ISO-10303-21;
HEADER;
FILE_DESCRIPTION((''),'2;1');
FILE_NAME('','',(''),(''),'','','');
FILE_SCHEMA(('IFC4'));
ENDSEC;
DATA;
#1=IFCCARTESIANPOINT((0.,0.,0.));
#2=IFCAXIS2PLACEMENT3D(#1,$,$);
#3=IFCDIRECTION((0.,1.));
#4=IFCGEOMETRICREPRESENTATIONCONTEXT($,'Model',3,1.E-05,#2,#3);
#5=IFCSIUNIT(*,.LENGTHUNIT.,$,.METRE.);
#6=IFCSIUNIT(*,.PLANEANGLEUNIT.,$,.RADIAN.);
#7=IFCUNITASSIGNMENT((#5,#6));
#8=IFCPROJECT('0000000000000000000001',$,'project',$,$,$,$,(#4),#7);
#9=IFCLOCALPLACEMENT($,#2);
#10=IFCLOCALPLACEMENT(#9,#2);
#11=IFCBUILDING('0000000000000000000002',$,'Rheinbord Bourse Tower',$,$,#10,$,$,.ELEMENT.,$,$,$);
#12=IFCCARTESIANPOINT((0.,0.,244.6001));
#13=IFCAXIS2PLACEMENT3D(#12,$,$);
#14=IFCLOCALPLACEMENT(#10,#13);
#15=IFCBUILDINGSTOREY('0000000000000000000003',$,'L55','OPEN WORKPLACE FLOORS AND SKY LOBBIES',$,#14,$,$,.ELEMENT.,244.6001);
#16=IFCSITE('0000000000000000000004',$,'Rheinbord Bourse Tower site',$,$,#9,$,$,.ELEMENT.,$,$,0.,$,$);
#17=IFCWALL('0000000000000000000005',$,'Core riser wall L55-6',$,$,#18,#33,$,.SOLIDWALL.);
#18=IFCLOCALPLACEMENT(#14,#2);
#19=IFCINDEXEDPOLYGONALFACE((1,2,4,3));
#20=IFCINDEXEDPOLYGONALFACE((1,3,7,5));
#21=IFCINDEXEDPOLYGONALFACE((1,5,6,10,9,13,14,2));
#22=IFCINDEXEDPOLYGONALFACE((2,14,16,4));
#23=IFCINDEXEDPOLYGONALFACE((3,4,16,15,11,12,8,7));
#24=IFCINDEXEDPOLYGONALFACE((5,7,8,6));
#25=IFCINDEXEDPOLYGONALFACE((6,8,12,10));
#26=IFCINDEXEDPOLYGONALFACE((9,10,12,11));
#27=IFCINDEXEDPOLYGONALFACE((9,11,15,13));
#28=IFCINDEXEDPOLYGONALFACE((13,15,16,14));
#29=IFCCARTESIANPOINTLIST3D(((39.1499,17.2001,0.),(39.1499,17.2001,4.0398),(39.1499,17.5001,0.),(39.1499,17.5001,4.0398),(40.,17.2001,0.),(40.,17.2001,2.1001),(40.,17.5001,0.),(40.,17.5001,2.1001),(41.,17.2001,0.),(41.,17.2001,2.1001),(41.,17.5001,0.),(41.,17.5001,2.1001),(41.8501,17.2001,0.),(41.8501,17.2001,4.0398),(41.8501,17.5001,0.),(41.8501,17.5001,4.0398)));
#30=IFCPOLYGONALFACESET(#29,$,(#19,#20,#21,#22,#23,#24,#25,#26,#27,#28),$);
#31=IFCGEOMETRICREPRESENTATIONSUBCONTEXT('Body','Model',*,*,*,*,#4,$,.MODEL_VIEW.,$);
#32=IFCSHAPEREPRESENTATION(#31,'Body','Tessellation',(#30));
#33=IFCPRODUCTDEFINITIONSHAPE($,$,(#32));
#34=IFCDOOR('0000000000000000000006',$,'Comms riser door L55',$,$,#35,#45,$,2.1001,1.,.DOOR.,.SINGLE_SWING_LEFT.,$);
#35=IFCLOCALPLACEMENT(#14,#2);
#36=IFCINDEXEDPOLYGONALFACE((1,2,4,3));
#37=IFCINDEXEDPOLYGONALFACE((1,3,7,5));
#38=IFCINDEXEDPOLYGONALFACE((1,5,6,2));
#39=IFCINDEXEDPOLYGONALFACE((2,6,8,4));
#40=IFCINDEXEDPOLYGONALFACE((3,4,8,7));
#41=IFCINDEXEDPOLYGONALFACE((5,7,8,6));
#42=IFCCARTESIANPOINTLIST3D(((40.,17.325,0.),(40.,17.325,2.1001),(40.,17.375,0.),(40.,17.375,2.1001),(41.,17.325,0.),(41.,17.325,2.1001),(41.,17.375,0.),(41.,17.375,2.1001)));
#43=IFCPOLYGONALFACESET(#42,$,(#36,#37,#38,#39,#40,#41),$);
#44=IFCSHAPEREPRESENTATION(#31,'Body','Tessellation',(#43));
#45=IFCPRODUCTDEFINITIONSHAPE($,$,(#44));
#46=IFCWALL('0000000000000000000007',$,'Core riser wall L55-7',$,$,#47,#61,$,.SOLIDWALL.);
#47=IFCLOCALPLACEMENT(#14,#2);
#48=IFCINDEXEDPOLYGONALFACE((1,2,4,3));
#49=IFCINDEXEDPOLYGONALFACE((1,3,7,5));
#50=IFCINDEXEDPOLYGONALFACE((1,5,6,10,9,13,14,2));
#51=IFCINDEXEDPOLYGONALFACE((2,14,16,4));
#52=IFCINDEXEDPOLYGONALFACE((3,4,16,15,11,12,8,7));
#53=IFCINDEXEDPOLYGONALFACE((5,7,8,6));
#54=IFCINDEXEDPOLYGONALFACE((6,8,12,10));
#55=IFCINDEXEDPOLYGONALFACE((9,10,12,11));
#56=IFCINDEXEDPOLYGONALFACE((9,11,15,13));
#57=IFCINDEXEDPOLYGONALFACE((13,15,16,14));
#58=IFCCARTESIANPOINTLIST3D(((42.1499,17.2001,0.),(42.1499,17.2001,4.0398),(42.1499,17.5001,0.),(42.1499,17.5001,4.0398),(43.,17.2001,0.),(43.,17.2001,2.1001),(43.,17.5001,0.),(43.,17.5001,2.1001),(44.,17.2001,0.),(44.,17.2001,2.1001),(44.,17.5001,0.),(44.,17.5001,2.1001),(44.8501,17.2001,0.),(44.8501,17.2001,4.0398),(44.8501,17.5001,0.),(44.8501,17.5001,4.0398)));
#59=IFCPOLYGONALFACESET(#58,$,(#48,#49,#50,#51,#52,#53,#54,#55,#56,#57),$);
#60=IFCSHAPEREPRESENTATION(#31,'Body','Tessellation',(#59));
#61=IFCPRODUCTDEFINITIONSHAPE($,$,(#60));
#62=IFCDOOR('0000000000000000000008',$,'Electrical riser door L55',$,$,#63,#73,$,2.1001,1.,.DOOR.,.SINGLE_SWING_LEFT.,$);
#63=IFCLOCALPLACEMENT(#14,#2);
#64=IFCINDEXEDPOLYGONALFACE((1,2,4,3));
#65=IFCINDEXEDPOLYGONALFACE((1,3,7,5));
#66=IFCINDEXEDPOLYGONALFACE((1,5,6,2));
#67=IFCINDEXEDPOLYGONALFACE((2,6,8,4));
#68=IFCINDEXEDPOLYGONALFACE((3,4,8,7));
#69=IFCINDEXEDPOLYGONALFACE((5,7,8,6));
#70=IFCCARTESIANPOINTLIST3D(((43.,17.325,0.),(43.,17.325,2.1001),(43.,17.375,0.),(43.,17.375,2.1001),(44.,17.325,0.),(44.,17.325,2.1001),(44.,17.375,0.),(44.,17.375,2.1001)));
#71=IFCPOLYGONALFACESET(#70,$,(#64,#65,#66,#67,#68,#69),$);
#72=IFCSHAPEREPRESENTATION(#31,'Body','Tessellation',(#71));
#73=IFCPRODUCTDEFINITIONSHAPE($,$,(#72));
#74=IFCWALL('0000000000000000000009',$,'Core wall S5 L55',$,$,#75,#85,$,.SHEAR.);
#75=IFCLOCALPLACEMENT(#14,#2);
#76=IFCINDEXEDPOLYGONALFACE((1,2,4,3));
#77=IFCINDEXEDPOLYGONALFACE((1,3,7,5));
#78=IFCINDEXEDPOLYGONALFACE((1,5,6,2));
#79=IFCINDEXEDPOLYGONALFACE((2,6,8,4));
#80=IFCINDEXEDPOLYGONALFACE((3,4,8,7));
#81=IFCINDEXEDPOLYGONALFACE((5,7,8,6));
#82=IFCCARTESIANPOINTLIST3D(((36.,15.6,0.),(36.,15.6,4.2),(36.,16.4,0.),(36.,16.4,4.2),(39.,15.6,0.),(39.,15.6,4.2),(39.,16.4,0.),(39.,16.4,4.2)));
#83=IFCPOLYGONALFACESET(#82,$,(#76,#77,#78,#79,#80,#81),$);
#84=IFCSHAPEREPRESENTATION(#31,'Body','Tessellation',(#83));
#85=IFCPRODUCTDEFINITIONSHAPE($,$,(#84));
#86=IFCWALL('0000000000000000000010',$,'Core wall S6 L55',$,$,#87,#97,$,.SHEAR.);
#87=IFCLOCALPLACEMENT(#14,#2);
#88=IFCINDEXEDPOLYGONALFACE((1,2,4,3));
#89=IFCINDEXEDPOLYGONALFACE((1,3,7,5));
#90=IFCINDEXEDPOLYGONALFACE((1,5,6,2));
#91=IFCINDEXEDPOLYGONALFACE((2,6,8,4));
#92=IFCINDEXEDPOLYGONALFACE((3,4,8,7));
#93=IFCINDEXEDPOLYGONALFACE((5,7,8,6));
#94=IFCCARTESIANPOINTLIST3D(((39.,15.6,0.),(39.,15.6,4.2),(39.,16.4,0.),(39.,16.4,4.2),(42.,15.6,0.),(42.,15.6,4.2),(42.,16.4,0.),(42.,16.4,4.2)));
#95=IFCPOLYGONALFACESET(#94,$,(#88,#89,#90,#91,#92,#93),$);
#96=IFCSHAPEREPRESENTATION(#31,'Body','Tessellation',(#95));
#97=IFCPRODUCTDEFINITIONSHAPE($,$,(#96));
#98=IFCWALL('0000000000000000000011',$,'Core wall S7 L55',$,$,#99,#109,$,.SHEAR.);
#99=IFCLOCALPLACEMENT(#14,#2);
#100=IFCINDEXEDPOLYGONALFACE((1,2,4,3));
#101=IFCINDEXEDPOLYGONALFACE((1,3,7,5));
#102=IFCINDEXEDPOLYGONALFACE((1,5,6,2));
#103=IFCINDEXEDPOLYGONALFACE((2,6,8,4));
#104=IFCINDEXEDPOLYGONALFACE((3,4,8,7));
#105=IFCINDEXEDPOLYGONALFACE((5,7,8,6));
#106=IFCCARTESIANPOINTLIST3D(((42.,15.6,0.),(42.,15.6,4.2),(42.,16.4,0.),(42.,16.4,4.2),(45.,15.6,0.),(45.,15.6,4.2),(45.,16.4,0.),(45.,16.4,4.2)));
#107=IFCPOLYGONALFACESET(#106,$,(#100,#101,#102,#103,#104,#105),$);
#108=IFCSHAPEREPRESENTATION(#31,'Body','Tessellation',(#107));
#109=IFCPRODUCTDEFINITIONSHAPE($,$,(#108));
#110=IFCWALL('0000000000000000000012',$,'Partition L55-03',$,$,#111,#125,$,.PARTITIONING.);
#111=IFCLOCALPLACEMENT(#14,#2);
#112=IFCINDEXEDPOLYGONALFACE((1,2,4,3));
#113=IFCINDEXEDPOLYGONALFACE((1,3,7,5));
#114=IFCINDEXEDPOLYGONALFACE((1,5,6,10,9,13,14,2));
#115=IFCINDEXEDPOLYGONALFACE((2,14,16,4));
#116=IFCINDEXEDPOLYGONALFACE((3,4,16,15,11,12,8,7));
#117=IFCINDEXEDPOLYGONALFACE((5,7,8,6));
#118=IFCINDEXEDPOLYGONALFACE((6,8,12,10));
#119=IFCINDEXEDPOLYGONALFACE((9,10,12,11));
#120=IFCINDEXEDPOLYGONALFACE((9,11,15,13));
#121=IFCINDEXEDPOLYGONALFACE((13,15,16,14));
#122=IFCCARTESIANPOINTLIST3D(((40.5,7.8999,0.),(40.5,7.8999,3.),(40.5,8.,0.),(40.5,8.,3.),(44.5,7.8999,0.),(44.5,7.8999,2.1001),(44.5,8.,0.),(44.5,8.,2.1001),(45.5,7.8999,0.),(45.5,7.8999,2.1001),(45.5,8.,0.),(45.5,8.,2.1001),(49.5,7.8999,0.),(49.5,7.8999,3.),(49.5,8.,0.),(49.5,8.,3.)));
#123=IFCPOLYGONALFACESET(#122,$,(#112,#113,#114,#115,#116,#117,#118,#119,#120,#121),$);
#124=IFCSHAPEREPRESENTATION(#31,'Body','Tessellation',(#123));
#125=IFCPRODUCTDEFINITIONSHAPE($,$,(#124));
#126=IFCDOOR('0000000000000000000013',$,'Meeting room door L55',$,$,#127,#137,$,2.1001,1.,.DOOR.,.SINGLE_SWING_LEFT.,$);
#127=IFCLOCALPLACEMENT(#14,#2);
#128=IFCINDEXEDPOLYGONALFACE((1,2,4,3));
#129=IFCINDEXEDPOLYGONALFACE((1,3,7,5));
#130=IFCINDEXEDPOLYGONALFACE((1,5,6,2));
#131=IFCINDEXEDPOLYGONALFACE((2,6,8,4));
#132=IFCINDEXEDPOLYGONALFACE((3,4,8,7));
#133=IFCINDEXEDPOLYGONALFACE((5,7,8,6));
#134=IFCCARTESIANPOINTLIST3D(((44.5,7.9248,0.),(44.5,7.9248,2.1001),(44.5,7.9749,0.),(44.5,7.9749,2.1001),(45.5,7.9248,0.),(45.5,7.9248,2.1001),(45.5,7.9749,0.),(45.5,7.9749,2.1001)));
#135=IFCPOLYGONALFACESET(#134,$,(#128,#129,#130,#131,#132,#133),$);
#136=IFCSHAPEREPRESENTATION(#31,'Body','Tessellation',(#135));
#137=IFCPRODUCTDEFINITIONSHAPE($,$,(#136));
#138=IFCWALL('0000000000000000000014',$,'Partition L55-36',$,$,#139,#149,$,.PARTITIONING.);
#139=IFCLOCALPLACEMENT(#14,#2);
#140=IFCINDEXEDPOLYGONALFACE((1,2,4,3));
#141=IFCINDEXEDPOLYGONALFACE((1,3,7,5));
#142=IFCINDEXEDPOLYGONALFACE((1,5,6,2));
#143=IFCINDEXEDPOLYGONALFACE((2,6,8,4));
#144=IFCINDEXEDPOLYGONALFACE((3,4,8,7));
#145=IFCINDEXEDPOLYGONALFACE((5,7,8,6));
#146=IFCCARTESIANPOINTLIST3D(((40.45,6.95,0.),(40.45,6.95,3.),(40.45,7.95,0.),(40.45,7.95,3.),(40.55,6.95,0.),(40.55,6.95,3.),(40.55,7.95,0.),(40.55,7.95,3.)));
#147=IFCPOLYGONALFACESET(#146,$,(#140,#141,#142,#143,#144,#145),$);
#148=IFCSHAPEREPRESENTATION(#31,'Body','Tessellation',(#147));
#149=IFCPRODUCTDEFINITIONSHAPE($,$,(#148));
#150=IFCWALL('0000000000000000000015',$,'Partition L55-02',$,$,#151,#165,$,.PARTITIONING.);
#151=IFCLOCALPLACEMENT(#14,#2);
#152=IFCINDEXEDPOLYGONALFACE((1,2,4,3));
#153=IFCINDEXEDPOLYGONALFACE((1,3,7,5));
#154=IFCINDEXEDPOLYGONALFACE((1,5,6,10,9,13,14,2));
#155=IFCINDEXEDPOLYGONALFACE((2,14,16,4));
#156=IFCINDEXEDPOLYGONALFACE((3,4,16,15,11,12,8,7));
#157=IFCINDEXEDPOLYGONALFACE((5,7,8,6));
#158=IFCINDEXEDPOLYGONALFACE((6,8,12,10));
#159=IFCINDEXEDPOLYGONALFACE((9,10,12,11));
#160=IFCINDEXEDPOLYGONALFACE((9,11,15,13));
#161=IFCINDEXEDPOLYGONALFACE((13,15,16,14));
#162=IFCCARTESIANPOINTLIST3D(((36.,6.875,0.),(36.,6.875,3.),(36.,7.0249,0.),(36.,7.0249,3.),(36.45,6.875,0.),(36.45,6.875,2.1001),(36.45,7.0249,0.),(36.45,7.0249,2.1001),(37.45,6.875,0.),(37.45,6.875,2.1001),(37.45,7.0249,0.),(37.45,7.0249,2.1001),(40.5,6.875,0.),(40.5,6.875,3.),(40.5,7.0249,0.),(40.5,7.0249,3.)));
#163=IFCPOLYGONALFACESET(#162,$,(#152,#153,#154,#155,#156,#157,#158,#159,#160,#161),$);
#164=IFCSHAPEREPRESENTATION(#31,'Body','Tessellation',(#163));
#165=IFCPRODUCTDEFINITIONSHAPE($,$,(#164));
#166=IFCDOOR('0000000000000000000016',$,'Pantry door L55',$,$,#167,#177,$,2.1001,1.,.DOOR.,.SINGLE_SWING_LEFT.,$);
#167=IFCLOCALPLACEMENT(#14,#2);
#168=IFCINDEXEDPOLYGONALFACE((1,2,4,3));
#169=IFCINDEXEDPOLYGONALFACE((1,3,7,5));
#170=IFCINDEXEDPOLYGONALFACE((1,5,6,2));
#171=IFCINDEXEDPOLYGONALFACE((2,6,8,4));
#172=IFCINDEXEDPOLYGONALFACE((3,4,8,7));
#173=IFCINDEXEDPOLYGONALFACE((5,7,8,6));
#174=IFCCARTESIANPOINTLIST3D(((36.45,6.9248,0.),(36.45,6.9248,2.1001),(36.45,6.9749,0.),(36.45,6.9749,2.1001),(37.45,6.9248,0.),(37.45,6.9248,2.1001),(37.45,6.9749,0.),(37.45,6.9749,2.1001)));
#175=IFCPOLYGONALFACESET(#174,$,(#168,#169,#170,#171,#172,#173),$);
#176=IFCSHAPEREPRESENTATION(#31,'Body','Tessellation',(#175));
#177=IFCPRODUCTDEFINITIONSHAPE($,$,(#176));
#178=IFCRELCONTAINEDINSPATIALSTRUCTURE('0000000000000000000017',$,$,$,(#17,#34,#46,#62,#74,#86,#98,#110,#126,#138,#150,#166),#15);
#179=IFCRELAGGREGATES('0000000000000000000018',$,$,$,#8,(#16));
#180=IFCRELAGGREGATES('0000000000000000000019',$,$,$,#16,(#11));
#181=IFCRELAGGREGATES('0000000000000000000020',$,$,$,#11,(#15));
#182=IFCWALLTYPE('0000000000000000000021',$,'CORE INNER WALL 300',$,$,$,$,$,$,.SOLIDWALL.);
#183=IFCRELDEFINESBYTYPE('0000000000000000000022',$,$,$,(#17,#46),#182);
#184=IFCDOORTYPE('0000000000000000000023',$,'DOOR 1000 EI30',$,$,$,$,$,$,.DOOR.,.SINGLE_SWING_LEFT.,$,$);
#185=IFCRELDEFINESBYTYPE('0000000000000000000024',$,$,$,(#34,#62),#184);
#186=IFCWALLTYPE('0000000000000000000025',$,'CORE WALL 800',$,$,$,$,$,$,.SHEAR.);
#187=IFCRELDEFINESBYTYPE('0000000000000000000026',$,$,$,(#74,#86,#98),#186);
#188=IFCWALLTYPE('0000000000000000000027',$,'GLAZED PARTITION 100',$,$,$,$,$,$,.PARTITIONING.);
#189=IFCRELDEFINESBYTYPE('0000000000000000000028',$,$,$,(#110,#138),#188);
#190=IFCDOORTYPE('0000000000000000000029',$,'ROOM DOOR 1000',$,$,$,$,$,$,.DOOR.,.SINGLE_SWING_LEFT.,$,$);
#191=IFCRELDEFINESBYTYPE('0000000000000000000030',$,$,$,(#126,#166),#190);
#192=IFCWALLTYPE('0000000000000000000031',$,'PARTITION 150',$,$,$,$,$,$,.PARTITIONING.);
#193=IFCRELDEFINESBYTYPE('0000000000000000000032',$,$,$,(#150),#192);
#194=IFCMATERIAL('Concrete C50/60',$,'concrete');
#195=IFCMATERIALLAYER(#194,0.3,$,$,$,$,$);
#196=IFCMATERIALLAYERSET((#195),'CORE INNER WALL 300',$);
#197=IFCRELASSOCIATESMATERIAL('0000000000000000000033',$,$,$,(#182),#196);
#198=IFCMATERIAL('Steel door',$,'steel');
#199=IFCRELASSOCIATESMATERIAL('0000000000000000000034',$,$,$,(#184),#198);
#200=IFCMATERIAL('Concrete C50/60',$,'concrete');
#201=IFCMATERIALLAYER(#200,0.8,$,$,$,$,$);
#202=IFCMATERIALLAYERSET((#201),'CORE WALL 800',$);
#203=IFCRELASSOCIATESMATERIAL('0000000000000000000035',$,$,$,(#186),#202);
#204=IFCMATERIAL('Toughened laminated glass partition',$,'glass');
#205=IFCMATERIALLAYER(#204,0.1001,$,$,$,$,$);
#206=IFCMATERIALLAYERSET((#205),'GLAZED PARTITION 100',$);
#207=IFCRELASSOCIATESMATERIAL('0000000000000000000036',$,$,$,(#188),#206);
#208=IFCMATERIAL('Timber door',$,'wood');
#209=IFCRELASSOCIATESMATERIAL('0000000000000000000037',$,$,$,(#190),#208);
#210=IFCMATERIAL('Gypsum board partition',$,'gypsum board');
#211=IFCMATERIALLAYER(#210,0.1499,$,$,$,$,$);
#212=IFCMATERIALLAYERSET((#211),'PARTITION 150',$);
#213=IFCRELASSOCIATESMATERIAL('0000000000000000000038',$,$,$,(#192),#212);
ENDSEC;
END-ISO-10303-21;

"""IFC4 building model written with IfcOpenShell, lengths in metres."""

from ifc_helpers import new_model, si_unit, direction, frame, frame_2d, origin, place, context, subcontext, project, spatial, rectangle, extrude, material, layer, layer_set, type_object, element, fill, save


model = new_model("IFC4")

# Units and contexts
model_context = context("Model", 3, precision=1e-05, world=origin(), true_north=direction((0.0, 1.0)))
body_context = subcontext(model_context, "Body", "Model", "MODEL_VIEW")
ifc_project = project(units=[si_unit("LENGTHUNIT", "METRE"), si_unit("PLANEANGLEUNIT", "RADIAN")], contexts=[model_context])

# Site, building, storey
site_placement = place(None, origin())
site = spatial("IfcSite", under=ifc_project, at=site_placement, Name="Rheinbord Bourse Tower site", CompositionType="ELEMENT", RefElevation=0.0)
building_placement = place(site_placement, origin())
building = spatial("IfcBuilding", under=site, at=building_placement, Name="Rheinbord Bourse Tower", CompositionType="ELEMENT")
storey_placement = place(building_placement, frame((0.0, 0.0, 244.6001)))
storey = spatial("IfcBuildingStorey", under=building, at=storey_placement, Name="L55", Description="OPEN WORKPLACE FLOORS AND SKY LOBBIES", CompositionType="ELEMENT", Elevation=244.6001)

# Shared definitions
ifc_material_1 = material(Name="Concrete C50/60", Category="concrete")
ifc_layer_1 = layer(ifc_material_1, 0.3)
ifc_layer_set_1 = layer_set([ifc_layer_1], Name="CORE INNER WALL 300")
wall_type_1 = type_object("IfcWallType", Name="CORE INNER WALL 300", PredefinedType="SOLIDWALL", material=ifc_layer_set_1)
ifc_material_2 = material(Name="Steel door", Category="steel")
door_type_1 = type_object("IfcDoorType", Name="DOOR 1000 EI30", OperationType="SINGLE_SWING_LEFT", PredefinedType="DOOR", material=ifc_material_2)

# Walls, openings, doors
wall_1_placement = place(storey_placement, frame((39.1499, 17.3501, 0.0), z_axis=(0.0, 0.0, 1.0), x_axis=(1.0, 0.0, 0.0)))
wall_1 = element("IfcWall", 1, at=wall_1_placement, inside=storey, type_object=wall_type_1, Name="Core riser wall L55-6", PredefinedType="SOLIDWALL", context=body_context, shape_type="SweptSolid", body=[
    extrude(rectangle(XDim=2.7002, YDim=0.3, at=frame_2d((1.3501, 0.0))), origin(), (0.0, 0.0, 1.0), 4.0398),
])
opening_1_placement = place(wall_1_placement, frame((0.8501, 0.0, 0.0)))
opening_1 = element("IfcOpeningElement", 2, at=opening_1_placement, cuts=wall_1, PredefinedType="OPENING", context=body_context, shape_type="SweptSolid", body=[
    extrude(rectangle(XDim=1.0, YDim=2.1001, at=frame_2d((0.5, 1.05))), frame((0.0, 0.1599, 0.0), z_axis=(0.0, -1.0, 0.0), x_axis=(1.0, 0.0, 0.0)), (0.0, 0.0, 1.0), 0.3201),
])
door_1_placement = place(opening_1_placement, origin())
door_1 = element("IfcDoor", 3, at=door_1_placement, inside=storey, type_object=door_type_1, Name="Comms riser door L55", OperationType="SINGLE_SWING_LEFT", OverallHeight=2.1001, OverallWidth=1.0, PredefinedType="DOOR", context=body_context, shape_type="SweptSolid", body=[
    extrude(rectangle(XDim=1.0, YDim=2.1001, at=frame_2d((0.5, 1.05))), frame((0.0, 0.0249, 0.0), z_axis=(0.0, -1.0, 0.0), x_axis=(1.0, 0.0, 0.0)), (0.0, 0.0, 1.0), 0.05),
])
fill(opening_1, door_1)
wall_2_placement = place(storey_placement, frame((42.1499, 17.3501, 0.0), z_axis=(0.0, 0.0, 1.0), x_axis=(1.0, 0.0, 0.0)))
wall_2 = element("IfcWall", 4, at=wall_2_placement, inside=storey, type_object=wall_type_1, Name="Core riser wall L55-7", PredefinedType="SOLIDWALL", context=body_context, shape_type="SweptSolid", body=[
    extrude(rectangle(XDim=2.7002, YDim=0.3, at=frame_2d((1.3501, 0.0))), origin(), (0.0, 0.0, 1.0), 4.0398),
])
opening_2_placement = place(wall_2_placement, frame((0.8501, 0.0, 0.0)))
opening_2 = element("IfcOpeningElement", 5, at=opening_2_placement, cuts=wall_2, PredefinedType="OPENING", context=body_context, shape_type="SweptSolid", body=[
    extrude(rectangle(XDim=1.0, YDim=2.1001, at=frame_2d((0.5, 1.05))), frame((0.0, 0.1599, 0.0), z_axis=(0.0, -1.0, 0.0), x_axis=(1.0, 0.0, 0.0)), (0.0, 0.0, 1.0), 0.3201),
])
door_2_placement = place(opening_2_placement, origin())
door_2 = element("IfcDoor", 6, at=door_2_placement, inside=storey, type_object=door_type_1, Name="Electrical riser door L55", OperationType="SINGLE_SWING_LEFT", OverallHeight=2.1001, OverallWidth=1.0, PredefinedType="DOOR", context=body_context, shape_type="SweptSolid", body=[
    extrude(rectangle(XDim=1.0, YDim=2.1001, at=frame_2d((0.5, 1.05))), frame((0.0, 0.0249, 0.0), z_axis=(0.0, -1.0, 0.0), x_axis=(1.0, 0.0, 0.0)), (0.0, 0.0, 1.0), 0.05),
])
fill(opening_2, door_2)

# Walls
ifc_material_3 = material(Name="Concrete C50/60", Category="concrete")
ifc_layer_2 = layer(ifc_material_3, 0.8)
ifc_layer_set_2 = layer_set([ifc_layer_2], Name="CORE WALL 800")
wall_type_2 = type_object("IfcWallType", Name="CORE WALL 800", PredefinedType="SHEAR", material=ifc_layer_set_2)
for number, where, z_axis, x_axis, name in (
    (7, (36.0, 16.0, 0.0), (0.0, 0.0, 1.0), (1.0, 0.0, 0.0), "Core wall S5 L55"),
    (8, (39.0, 16.0, 0.0), (0.0, 0.0, 1.0), (1.0, 0.0, 0.0), "Core wall S6 L55"),
    (9, (42.0, 16.0, 0.0), (0.0, 0.0, 1.0), (1.0, 0.0, 0.0), "Core wall S7 L55"),
):
    element("IfcWall", number, at=place(storey_placement, frame(where, z_axis=z_axis, x_axis=x_axis)), inside=storey, type_object=wall_type_2, Name=name, PredefinedType="SHEAR", context=body_context, shape_type="SweptSolid", body=[
        extrude(rectangle(XDim=3.0, YDim=0.8, at=frame_2d((1.5, 0.0))), origin(), (0.0, 0.0, 1.0), 4.2),
    ])

# Wall, opening, door
ifc_material_4 = material(Name="Toughened laminated glass partition", Category="glass")
ifc_layer_3 = layer(ifc_material_4, 0.1001)
ifc_layer_set_3 = layer_set([ifc_layer_3], Name="GLAZED PARTITION 100")
wall_type_3 = type_object("IfcWallType", Name="GLAZED PARTITION 100", PredefinedType="PARTITIONING", material=ifc_layer_set_3)
wall_3_placement = place(storey_placement, frame((40.5, 7.95, 0.0), z_axis=(0.0, 0.0, 1.0), x_axis=(1.0, 0.0, 0.0)))
wall_3 = element("IfcWall", 10, at=wall_3_placement, inside=storey, type_object=wall_type_3, Name="Partition L55-03", PredefinedType="PARTITIONING", context=body_context, shape_type="SweptSolid", body=[
    extrude(rectangle(XDim=9.0, YDim=0.1001, at=frame_2d((4.5, 0.0))), origin(), (0.0, 0.0, 1.0), 3.0),
])
opening_3_placement = place(wall_3_placement, frame((4.0, 0.0, 0.0)))
opening_3 = element("IfcOpeningElement", 11, at=opening_3_placement, cuts=wall_3, PredefinedType="OPENING", context=body_context, shape_type="SweptSolid", body=[
    extrude(rectangle(XDim=1.0, YDim=2.1001, at=frame_2d((0.5, 1.05))), frame((0.0, 0.0601, 0.0), z_axis=(0.0, -1.0, 0.0), x_axis=(1.0, 0.0, 0.0)), (0.0, 0.0, 1.0), 0.1201),
])
ifc_material_5 = material(Name="Timber door", Category="wood")
door_type_2 = type_object("IfcDoorType", Name="ROOM DOOR 1000", OperationType="SINGLE_SWING_LEFT", PredefinedType="DOOR", material=ifc_material_5)
door_3_placement = place(opening_3_placement, origin())
door_3 = element("IfcDoor", 12, at=door_3_placement, inside=storey, type_object=door_type_2, Name="Meeting room door L55", OperationType="SINGLE_SWING_LEFT", OverallHeight=2.1001, OverallWidth=1.0, PredefinedType="DOOR", context=body_context, shape_type="SweptSolid", body=[
    extrude(rectangle(XDim=1.0, YDim=2.1001, at=frame_2d((0.5, 1.05))), frame((0.0, 0.0249, 0.0), z_axis=(0.0, -1.0, 0.0), x_axis=(1.0, 0.0, 0.0)), (0.0, 0.0, 1.0), 0.05),
])
fill(opening_3, door_3)

# Wall
wall_4_placement = place(storey_placement, frame((40.5, 6.95, 0.0), z_axis=(0.0, 0.0, 1.0), x_axis=(0.0, 1.0, 0.0)))
element("IfcWall", 13, at=wall_4_placement, inside=storey, type_object=wall_type_3, Name="Partition L55-36", PredefinedType="PARTITIONING", context=body_context, shape_type="SweptSolid", body=[
    extrude(rectangle(XDim=1.0, YDim=0.1001, at=frame_2d((0.5, 0.0))), origin(), (0.0, 0.0, 1.0), 3.0),
])

# Wall, opening, door
ifc_material_6 = material(Name="Gypsum board partition", Category="gypsum board")
ifc_layer_4 = layer(ifc_material_6, 0.1499)
ifc_layer_set_4 = layer_set([ifc_layer_4], Name="PARTITION 150")
wall_type_4 = type_object("IfcWallType", Name="PARTITION 150", PredefinedType="PARTITIONING", material=ifc_layer_set_4)
wall_5_placement = place(storey_placement, frame((36.0, 6.95, 0.0), z_axis=(0.0, 0.0, 1.0), x_axis=(1.0, 0.0, 0.0)))
wall_5 = element("IfcWall", 14, at=wall_5_placement, inside=storey, type_object=wall_type_4, Name="Partition L55-02", PredefinedType="PARTITIONING", context=body_context, shape_type="SweptSolid", body=[
    extrude(rectangle(XDim=4.5, YDim=0.1499, at=frame_2d((2.25, 0.0))), origin(), (0.0, 0.0, 1.0), 3.0),
])
opening_4_placement = place(wall_5_placement, frame((0.45, 0.0, 0.0)))
opening_4 = element("IfcOpeningElement", 15, at=opening_4_placement, cuts=wall_5, PredefinedType="OPENING", context=body_context, shape_type="SweptSolid", body=[
    extrude(rectangle(XDim=1.0, YDim=2.1001, at=frame_2d((0.5, 1.05))), frame((0.0, 0.085, 0.0), z_axis=(0.0, -1.0, 0.0), x_axis=(1.0, 0.0, 0.0)), (0.0, 0.0, 1.0), 0.1699),
])
door_4_placement = place(opening_4_placement, origin())
door_4 = element("IfcDoor", 16, at=door_4_placement, inside=storey, type_object=door_type_2, Name="Pantry door L55", OperationType="SINGLE_SWING_LEFT", OverallHeight=2.1001, OverallWidth=1.0, PredefinedType="DOOR", context=body_context, shape_type="SweptSolid", body=[
    extrude(rectangle(XDim=1.0, YDim=2.1001, at=frame_2d((0.5, 1.05))), frame((0.0, 0.0249, 0.0), z_axis=(0.0, -1.0, 0.0), x_axis=(1.0, 0.0, 0.0)), (0.0, 0.0, 1.0), 0.05),
])
fill(opening_4, door_4)

save(model, "model.ifc")
